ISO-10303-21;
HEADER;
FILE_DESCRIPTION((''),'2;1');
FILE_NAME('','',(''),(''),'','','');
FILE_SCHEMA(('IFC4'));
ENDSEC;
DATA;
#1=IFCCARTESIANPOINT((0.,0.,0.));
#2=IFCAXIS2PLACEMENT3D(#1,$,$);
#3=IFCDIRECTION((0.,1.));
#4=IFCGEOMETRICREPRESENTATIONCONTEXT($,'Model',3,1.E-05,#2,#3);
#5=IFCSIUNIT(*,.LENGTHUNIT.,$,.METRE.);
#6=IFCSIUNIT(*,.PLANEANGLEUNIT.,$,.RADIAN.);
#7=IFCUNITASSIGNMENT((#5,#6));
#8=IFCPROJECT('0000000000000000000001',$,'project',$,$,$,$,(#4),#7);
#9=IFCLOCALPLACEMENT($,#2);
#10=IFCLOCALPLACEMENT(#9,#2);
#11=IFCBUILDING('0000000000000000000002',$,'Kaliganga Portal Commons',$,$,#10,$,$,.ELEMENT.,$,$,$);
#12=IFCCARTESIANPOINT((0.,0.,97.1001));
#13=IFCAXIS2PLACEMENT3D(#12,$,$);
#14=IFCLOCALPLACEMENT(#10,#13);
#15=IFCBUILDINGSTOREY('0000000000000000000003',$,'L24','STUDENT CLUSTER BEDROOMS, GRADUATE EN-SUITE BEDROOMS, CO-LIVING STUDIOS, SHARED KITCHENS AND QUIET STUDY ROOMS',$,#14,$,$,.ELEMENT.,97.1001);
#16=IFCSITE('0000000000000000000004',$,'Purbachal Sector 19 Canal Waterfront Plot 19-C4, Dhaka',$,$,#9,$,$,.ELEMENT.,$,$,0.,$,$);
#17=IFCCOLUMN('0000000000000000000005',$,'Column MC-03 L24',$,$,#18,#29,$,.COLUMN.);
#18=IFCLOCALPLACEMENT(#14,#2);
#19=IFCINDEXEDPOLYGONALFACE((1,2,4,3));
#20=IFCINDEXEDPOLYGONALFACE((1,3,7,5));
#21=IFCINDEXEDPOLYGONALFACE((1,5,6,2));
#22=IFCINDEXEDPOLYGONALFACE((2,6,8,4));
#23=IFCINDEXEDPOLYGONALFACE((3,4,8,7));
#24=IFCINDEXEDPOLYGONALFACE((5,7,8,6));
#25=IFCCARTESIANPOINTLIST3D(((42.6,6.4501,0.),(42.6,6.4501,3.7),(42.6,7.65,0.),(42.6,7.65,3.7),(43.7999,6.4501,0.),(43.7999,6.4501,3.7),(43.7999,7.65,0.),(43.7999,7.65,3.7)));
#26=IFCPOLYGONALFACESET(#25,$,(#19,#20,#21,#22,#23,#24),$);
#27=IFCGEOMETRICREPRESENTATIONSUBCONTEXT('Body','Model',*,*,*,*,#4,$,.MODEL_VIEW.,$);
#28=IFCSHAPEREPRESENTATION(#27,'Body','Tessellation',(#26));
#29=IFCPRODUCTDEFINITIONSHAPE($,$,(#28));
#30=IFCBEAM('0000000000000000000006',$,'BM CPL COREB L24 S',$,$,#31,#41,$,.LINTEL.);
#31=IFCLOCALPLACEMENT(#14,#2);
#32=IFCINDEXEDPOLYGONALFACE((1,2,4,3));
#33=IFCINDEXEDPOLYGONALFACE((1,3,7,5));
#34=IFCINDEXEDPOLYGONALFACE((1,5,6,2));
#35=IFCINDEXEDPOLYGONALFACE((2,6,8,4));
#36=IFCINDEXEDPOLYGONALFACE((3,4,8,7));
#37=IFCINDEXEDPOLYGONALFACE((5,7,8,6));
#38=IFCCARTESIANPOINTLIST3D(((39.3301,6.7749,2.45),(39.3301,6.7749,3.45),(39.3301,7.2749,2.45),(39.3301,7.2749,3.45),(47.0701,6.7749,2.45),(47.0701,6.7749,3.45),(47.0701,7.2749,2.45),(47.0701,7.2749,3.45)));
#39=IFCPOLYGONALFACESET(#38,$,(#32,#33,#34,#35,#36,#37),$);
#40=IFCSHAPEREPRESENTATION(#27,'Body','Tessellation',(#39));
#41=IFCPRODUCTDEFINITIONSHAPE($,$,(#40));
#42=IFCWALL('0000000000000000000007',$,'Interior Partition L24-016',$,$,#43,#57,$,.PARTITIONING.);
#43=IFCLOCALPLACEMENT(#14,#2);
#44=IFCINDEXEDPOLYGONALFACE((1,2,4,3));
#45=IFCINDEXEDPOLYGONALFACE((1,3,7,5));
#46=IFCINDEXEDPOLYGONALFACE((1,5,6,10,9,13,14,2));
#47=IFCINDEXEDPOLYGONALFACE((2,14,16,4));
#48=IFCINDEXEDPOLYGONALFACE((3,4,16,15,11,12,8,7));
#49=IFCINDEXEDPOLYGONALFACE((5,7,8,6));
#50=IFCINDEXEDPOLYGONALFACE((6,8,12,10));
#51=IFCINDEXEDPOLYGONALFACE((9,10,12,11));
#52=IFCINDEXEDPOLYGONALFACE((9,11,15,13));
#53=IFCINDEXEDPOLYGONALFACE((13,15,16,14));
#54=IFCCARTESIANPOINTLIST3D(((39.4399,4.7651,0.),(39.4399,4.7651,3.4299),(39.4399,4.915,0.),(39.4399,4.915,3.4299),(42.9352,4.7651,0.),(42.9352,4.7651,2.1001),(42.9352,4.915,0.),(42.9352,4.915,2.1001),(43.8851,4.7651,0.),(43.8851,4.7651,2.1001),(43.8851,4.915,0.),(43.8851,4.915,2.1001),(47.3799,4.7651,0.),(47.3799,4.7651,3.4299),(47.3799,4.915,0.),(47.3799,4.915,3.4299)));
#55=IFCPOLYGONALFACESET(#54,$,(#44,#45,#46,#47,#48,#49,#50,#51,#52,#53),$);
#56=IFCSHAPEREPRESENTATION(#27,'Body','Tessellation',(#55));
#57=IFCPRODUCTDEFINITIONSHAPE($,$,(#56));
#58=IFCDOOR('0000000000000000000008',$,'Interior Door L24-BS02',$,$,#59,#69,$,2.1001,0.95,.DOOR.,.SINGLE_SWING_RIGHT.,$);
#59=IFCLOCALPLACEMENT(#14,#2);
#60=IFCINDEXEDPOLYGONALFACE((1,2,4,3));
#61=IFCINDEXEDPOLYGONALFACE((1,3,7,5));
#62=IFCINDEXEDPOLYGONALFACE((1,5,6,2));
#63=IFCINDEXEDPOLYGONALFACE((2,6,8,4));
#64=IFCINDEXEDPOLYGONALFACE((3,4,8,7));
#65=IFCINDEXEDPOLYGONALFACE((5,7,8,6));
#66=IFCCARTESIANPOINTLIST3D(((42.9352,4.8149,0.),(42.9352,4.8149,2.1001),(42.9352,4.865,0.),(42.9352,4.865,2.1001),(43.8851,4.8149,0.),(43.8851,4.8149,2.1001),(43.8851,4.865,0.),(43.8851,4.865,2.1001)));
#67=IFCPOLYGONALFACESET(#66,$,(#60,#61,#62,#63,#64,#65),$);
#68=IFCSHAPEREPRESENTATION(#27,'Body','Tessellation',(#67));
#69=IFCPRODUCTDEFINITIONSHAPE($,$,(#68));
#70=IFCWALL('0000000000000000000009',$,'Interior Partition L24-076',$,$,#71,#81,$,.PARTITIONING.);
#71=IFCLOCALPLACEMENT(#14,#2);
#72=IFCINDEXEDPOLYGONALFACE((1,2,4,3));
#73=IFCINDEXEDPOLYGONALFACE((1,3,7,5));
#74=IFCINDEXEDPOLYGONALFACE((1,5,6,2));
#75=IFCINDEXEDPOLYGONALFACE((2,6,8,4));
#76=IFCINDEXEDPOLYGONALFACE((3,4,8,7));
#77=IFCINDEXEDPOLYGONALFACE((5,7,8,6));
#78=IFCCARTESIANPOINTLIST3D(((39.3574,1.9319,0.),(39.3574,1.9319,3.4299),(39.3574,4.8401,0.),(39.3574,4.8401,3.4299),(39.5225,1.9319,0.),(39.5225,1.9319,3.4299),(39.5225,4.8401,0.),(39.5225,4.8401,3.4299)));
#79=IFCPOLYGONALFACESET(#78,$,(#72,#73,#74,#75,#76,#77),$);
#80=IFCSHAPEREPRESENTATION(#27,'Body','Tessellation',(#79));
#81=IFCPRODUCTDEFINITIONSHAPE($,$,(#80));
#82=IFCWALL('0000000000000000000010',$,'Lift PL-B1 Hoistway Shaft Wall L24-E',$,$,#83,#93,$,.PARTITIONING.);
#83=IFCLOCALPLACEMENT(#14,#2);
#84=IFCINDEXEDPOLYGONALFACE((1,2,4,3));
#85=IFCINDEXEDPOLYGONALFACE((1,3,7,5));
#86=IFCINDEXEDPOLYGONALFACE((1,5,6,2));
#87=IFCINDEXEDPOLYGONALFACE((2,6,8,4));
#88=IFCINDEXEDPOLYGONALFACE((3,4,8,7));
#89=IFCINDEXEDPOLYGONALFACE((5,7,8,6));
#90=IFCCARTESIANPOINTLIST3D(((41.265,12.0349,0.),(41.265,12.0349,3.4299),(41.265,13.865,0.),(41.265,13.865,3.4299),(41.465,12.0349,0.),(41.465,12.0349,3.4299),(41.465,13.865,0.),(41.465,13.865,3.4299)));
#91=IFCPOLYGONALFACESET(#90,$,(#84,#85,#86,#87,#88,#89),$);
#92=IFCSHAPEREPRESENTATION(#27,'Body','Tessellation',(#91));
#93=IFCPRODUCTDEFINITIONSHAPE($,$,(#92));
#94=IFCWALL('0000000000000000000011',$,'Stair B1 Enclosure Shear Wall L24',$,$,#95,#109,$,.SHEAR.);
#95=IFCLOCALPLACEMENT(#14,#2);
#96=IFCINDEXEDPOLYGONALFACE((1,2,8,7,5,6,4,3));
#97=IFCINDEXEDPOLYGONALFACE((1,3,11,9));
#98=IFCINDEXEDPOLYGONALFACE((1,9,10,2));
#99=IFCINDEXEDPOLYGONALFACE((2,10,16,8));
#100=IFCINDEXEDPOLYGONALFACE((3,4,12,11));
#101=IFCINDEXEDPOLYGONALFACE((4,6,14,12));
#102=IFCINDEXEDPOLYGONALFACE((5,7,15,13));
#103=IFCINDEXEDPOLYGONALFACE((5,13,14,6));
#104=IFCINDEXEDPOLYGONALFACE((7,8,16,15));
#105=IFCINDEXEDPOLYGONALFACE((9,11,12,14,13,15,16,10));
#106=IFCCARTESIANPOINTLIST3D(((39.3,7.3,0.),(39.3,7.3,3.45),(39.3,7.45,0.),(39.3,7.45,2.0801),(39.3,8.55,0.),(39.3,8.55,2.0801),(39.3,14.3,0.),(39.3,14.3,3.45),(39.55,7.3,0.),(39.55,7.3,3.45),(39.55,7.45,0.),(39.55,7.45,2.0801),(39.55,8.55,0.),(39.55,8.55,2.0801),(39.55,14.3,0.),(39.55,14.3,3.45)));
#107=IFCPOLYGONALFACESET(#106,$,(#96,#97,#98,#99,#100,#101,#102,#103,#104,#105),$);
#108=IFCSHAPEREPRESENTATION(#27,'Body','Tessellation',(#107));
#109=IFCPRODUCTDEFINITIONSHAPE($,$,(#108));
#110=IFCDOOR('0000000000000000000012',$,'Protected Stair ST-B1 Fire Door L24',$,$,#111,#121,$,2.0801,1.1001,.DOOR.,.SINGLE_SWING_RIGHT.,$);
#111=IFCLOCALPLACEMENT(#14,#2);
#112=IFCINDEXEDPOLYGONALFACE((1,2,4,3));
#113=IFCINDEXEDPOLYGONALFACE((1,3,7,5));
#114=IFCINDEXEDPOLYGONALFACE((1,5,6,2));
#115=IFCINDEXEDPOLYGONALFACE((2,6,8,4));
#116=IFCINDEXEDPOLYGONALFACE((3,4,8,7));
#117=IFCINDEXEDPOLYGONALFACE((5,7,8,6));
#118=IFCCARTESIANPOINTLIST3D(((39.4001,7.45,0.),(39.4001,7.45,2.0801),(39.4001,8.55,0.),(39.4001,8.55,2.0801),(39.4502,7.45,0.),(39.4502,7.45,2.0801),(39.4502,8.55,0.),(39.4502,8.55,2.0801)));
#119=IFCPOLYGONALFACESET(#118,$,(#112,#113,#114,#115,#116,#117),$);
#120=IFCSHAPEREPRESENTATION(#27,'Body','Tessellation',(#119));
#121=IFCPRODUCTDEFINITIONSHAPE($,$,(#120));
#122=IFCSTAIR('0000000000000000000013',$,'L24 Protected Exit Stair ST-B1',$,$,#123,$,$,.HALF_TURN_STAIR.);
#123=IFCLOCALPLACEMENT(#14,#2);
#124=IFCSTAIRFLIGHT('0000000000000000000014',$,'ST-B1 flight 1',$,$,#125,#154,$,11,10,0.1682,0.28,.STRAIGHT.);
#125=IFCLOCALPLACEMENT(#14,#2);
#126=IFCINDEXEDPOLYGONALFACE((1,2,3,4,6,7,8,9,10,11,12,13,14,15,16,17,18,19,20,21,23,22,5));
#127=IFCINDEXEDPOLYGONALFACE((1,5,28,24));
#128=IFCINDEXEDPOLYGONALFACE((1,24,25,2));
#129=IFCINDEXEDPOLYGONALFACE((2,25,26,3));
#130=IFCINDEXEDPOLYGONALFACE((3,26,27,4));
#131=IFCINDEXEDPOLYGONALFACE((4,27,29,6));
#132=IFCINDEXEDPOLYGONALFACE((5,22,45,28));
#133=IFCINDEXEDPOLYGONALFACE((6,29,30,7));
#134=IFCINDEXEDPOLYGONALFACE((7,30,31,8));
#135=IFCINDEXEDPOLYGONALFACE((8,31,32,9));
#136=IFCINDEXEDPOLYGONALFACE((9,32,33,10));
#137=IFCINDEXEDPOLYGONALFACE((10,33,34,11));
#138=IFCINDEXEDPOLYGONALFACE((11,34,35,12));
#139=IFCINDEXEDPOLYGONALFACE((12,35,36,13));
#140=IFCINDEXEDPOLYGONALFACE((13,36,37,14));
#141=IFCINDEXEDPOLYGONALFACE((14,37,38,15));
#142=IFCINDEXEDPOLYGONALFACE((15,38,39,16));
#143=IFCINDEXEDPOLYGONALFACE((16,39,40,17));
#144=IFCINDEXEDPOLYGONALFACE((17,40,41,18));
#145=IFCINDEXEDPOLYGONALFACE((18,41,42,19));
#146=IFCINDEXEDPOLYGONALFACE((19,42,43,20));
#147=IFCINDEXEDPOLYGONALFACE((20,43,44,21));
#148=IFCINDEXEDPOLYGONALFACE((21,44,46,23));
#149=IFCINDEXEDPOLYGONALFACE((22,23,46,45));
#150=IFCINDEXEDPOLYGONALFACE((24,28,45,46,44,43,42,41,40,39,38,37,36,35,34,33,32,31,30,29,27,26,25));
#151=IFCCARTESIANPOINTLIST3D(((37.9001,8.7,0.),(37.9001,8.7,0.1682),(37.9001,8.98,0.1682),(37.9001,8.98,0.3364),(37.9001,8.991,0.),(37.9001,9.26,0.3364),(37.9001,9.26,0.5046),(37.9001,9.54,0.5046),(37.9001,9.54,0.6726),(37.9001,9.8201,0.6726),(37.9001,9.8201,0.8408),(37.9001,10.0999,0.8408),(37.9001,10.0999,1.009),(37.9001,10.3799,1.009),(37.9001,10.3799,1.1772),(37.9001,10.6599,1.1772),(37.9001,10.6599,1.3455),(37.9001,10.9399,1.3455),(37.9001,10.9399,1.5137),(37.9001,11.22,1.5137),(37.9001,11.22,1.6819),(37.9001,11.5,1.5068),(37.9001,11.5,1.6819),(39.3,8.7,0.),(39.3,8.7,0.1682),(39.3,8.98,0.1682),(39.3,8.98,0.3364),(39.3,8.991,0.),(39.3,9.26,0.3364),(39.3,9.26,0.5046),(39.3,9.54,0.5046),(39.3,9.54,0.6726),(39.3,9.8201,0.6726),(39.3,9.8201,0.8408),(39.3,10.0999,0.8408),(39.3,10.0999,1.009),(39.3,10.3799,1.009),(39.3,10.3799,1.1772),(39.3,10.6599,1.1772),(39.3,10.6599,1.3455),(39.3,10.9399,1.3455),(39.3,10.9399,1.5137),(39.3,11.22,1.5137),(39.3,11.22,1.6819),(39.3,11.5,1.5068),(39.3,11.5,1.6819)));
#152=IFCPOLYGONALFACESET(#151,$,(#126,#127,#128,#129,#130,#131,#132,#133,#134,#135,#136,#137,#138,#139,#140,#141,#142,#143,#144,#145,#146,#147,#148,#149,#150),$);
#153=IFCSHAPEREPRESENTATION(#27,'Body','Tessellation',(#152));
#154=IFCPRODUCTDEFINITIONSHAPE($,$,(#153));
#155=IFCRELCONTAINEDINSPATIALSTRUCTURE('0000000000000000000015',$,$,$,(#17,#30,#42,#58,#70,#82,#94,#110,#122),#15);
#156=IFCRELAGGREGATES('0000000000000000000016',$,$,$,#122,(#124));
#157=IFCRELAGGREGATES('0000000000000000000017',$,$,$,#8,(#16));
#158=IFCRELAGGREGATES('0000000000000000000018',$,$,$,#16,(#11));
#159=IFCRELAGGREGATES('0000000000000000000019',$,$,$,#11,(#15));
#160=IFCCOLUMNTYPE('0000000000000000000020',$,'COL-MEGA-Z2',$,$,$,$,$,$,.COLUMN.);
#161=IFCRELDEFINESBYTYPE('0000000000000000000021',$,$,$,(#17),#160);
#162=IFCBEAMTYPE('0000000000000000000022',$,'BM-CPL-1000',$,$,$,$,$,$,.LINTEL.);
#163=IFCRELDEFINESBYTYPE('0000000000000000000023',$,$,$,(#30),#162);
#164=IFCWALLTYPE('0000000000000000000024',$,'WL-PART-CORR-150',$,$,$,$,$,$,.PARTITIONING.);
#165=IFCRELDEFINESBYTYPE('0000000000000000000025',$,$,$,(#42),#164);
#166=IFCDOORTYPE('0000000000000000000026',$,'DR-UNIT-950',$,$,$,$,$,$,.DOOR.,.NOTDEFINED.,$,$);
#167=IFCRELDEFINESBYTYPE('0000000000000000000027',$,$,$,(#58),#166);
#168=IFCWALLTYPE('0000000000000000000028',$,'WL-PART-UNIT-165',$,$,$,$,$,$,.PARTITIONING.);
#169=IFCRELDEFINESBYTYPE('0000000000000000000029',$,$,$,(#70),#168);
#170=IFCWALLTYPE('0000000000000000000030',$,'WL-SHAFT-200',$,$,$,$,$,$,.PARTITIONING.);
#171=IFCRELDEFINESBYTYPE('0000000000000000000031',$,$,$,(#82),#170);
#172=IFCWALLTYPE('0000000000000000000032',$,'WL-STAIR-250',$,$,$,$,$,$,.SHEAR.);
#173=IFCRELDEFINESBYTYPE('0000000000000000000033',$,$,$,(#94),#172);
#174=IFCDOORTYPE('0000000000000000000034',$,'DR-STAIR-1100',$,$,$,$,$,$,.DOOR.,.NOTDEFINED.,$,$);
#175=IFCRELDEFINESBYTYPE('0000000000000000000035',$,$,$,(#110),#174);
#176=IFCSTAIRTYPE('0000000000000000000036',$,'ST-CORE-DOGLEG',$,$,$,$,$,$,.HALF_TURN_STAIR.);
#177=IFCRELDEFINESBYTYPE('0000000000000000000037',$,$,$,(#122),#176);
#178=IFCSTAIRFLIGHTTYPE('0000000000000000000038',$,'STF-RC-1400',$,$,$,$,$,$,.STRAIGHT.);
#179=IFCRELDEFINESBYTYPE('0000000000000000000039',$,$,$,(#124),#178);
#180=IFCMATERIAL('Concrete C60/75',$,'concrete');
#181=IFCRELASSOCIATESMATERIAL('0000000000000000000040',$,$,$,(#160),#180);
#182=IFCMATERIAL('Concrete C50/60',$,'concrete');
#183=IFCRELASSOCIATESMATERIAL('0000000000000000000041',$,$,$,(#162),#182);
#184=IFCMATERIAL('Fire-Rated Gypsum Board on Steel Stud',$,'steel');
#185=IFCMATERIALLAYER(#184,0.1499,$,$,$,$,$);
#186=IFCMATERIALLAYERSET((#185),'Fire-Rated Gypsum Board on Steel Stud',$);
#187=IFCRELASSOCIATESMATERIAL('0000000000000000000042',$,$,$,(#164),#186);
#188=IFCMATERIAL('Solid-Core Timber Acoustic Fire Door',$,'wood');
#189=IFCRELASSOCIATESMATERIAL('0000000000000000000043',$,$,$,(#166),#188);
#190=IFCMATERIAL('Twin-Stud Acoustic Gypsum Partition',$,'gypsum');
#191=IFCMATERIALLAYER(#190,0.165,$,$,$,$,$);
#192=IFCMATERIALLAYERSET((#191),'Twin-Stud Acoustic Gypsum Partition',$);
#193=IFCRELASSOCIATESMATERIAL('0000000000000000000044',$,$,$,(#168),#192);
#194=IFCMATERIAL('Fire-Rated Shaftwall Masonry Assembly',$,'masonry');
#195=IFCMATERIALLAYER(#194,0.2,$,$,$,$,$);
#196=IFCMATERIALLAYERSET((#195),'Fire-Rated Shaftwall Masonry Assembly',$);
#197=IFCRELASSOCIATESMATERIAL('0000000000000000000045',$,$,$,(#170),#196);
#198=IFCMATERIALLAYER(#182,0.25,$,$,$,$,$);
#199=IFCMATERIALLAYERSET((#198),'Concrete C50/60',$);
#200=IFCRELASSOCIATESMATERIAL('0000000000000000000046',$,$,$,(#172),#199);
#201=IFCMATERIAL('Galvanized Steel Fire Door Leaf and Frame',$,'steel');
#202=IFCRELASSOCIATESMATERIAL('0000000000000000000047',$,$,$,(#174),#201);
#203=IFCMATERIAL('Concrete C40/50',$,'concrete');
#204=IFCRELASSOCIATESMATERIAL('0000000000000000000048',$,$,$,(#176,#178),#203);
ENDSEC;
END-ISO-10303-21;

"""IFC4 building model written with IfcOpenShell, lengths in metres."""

from ifc_helpers import new_model, si_unit, direction, frame, frame_2d, origin, origin_2d, place, context, subcontext, project, spatial, polyline, rectangle, outline, extrude, source, transform, mapped, material, layer, layer_set, material_profile, profile_set, type_object, element, fill, aggregate, save


model = new_model("IFC4")

# Units and contexts
model_context = context("Model", 3, precision=1e-05, world=origin(), true_north=direction((0.0, 1.0)))
body_context = subcontext(model_context, "Body", "Model", "MODEL_VIEW")
ifc_project = project(units=[si_unit("LENGTHUNIT", "METRE"), si_unit("PLANEANGLEUNIT", "RADIAN")], contexts=[model_context])

# Site, building, storey
site_placement = place(None, origin())
site = spatial("IfcSite", under=ifc_project, at=site_placement, Name="Purbachal Sector 19 Canal Waterfront Plot 19-C4, Dhaka", CompositionType="ELEMENT", RefElevation=0.0)
building_placement = place(site_placement, origin())
building = spatial("IfcBuilding", under=site, at=building_placement, Name="Kaliganga Portal Commons", CompositionType="ELEMENT")
storey_placement = place(building_placement, frame((0.0, 0.0, 97.1001)))
storey = spatial("IfcBuildingStorey", under=building, at=storey_placement, Name="L24", Description="STUDENT CLUSTER BEDROOMS, GRADUATE EN-SUITE BEDROOMS, CO-LIVING STUDIOS, SHARED KITCHENS AND QUIET STUDY ROOMS", CompositionType="ELEMENT", Elevation=97.1001)

# Column
ifc_material_1 = material(Name="Concrete C60/75", Category="concrete")
ifc_material_profile_1 = material_profile(ifc_material_1, rectangle(XDim=1.2, YDim=1.2, at=origin_2d()), Name="RC 1200x1200")
ifc_profile_set_1 = profile_set([ifc_material_profile_1], Name="Concrete C60/75")
column_type = type_object("IfcColumnType", Name="COL-MEGA-Z2", PredefinedType="COLUMN", material=ifc_profile_set_1)
shared_shape_1 = source(origin(), body_context, "Body", "SweptSolid", [
    extrude(rectangle(XDim=1.2, YDim=1.2, at=origin_2d()), origin(), (0.0, 0.0, 1.0), 3.7),
])
column_placement = place(storey_placement, frame((43.2, 7.05, 0.0), z_axis=(0.0, 0.0, 1.0), x_axis=(1.0, 0.0, 0.0)))
element("IfcColumn", 1, at=column_placement, inside=storey, type_object=column_type, Name="Column MC-03 L24", PredefinedType="COLUMN", context=body_context, shape_type="MappedRepresentation", body=[
    mapped(shared_shape_1, transform((0.0, 0.0, 0.0), x_axis=(1.0, 0.0, 0.0), y_axis=(0.0, 1.0, 0.0), z_axis=(0.0, 0.0, 1.0), scale=1.0)),
])

# Beam
ifc_material_2 = material(Name="Concrete C50/60", Category="concrete")
ifc_material_profile_2 = material_profile(ifc_material_2, rectangle(XDim=0.5, YDim=1.0, at=origin_2d()), Name="RC 500x1000")
ifc_profile_set_2 = profile_set([ifc_material_profile_2], Name="Concrete C50/60")
beam_type = type_object("IfcBeamType", Name="BM-CPL-1000", PredefinedType="LINTEL", material=ifc_profile_set_2)
shared_shape_2 = source(origin(), body_context, "Body", "SweptSolid", [
    extrude(rectangle(XDim=0.5, YDim=1.0, at=origin_2d()), origin(), (0.0, 0.0, 1.0), 7.74),
])
beam_placement = place(storey_placement, frame((39.3301, 7.0249, 2.95), z_axis=(1.0, 0.0, 0.0), x_axis=(0.0, 1.0, 0.0)))
element("IfcBeam", 2, at=beam_placement, inside=storey, type_object=beam_type, Name="BM CPL COREB L24 S", PredefinedType="LINTEL", context=body_context, shape_type="MappedRepresentation", body=[
    mapped(shared_shape_2, transform((0.0, 0.0, 0.0), x_axis=(1.0, 0.0, 0.0), y_axis=(0.0, 1.0, 0.0), z_axis=(0.0, 0.0, 1.0), scale=1.0)),
])

# Wall, opening, door
ifc_material_3 = material(Name="Fire-Rated Gypsum Board on Steel Stud", Category="steel")
ifc_layer_1 = layer(ifc_material_3, 0.1499)
ifc_layer_set_1 = layer_set([ifc_layer_1], Name="Fire-Rated Gypsum Board on Steel Stud")
wall_type_1 = type_object("IfcWallType", Name="WL-PART-CORR-150", PredefinedType="PARTITIONING", material=ifc_layer_set_1)
wall_1_placement = place(storey_placement, frame((39.4399, 4.8401, 0.0), z_axis=(0.0, 0.0, 1.0), x_axis=(1.0, 0.0, 0.0)))
wall_1 = element("IfcWall", 3, at=wall_1_placement, inside=storey, type_object=wall_type_1, Name="Interior Partition L24-016", PredefinedType="PARTITIONING", context=body_context, shape_type="SweptSolid", body=[
    extrude(rectangle(XDim=7.9399, YDim=0.1499, at=frame_2d((3.97, 0.0))), origin(), (0.0, 0.0, 1.0), 3.4299),
])
opening_1_placement = place(wall_1_placement, frame((3.4951, 0.0, 0.0)))
opening_1 = element("IfcOpeningElement", 4, at=opening_1_placement, cuts=wall_1, PredefinedType="OPENING", context=body_context, shape_type="SweptSolid", body=[
    extrude(rectangle(XDim=0.95, YDim=2.1001, at=frame_2d((0.4751, 1.05))), frame((0.0, 0.085, 0.0), z_axis=(0.0, -1.0, 0.0), x_axis=(1.0, 0.0, 0.0)), (0.0, 0.0, 1.0), 0.1699),
])
ifc_material_4 = material(Name="Solid-Core Timber Acoustic Fire Door", Category="wood")
door_type_1 = type_object("IfcDoorType", Name="DR-UNIT-950", OperationType="NOTDEFINED", PredefinedType="DOOR", material=ifc_material_4)
door_1_placement = place(opening_1_placement, origin())
door_1 = element("IfcDoor", 5, at=door_1_placement, inside=storey, type_object=door_type_1, Name="Interior Door L24-BS02", OperationType="SINGLE_SWING_RIGHT", OverallHeight=2.1001, OverallWidth=0.95, PredefinedType="DOOR", context=body_context, shape_type="SweptSolid", body=[
    extrude(rectangle(XDim=0.95, YDim=2.1001, at=frame_2d((0.4751, 1.05))), frame((0.0, 0.0249, 0.0), z_axis=(0.0, -1.0, 0.0), x_axis=(1.0, 0.0, 0.0)), (0.0, 0.0, 1.0), 0.05),
])
fill(opening_1, door_1)

# Wall
ifc_material_5 = material(Name="Twin-Stud Acoustic Gypsum Partition", Category="gypsum")
ifc_layer_2 = layer(ifc_material_5, 0.165)
ifc_layer_set_2 = layer_set([ifc_layer_2], Name="Twin-Stud Acoustic Gypsum Partition")
wall_type_2 = type_object("IfcWallType", Name="WL-PART-UNIT-165", PredefinedType="PARTITIONING", material=ifc_layer_set_2)
wall_2_placement = place(storey_placement, frame((39.4399, 1.9319, 0.0), z_axis=(0.0, 0.0, 1.0), x_axis=(0.0, 1.0, 0.0)))
element("IfcWall", 6, at=wall_2_placement, inside=storey, type_object=wall_type_2, Name="Interior Partition L24-076", PredefinedType="PARTITIONING", context=body_context, shape_type="SweptSolid", body=[
    extrude(rectangle(XDim=2.9082, YDim=0.165, at=frame_2d((1.4541, 0.0))), origin(), (0.0, 0.0, 1.0), 3.4299),
])

# Shared definitions
ifc_material_6 = material(Name="Fire-Rated Shaftwall Masonry Assembly", Category="masonry")
ifc_layer_3 = layer(ifc_material_6, 0.2)
ifc_layer_set_3 = layer_set([ifc_layer_3], Name="Fire-Rated Shaftwall Masonry Assembly")
wall_type_3 = type_object("IfcWallType", Name="WL-SHAFT-200", PredefinedType="PARTITIONING", material=ifc_layer_set_3)

# Wall
wall_3_placement = place(storey_placement, frame((41.365, 12.0349, 0.0), z_axis=(0.0, 0.0, 1.0), x_axis=(0.0, 1.0, 0.0)))
element("IfcWall", 7, at=wall_3_placement, inside=storey, type_object=wall_type_3, Name="Lift PL-B1 Hoistway Shaft Wall L24-E", PredefinedType="PARTITIONING", context=body_context, shape_type="SweptSolid", body=[
    extrude(rectangle(XDim=1.8301, YDim=0.2, at=frame_2d((0.915, 0.0))), origin(), (0.0, 0.0, 1.0), 3.4299),
])

# Wall, opening, door
ifc_layer_4 = layer(ifc_material_2, 0.25)
ifc_layer_set_4 = layer_set([ifc_layer_4], Name="Concrete C50/60")
wall_type_4 = type_object("IfcWallType", Name="WL-STAIR-250", PredefinedType="SHEAR", material=ifc_layer_set_4)
wall_4_placement = place(storey_placement, frame((39.425, 7.3, 0.0), z_axis=(0.0, 0.0, 1.0), x_axis=(0.0, 1.0, 0.0)))
wall_4 = element("IfcWall", 8, at=wall_4_placement, inside=storey, type_object=wall_type_4, Name="Stair B1 Enclosure Shear Wall L24", PredefinedType="SHEAR", context=body_context, shape_type="SweptSolid", body=[
    extrude(rectangle(XDim=7.0, YDim=0.25, at=frame_2d((3.5, 0.0))), origin(), (0.0, 0.0, 1.0), 3.45),
])
opening_2_placement = place(wall_4_placement, frame((0.1499, 0.0, 0.0)))
opening_2 = element("IfcOpeningElement", 9, at=opening_2_placement, cuts=wall_4, PredefinedType="OPENING", context=body_context, shape_type="SweptSolid", body=[
    extrude(rectangle(XDim=1.1001, YDim=2.0801, at=frame_2d((0.55, 1.04))), frame((0.0, 0.135, 0.0), z_axis=(0.0, -1.0, 0.0), x_axis=(1.0, 0.0, 0.0)), (0.0, 0.0, 1.0), 0.27),
])
ifc_material_7 = material(Name="Galvanized Steel Fire Door Leaf and Frame", Category="steel")
door_type_2 = type_object("IfcDoorType", Name="DR-STAIR-1100", OperationType="NOTDEFINED", PredefinedType="DOOR", material=ifc_material_7)
door_2_placement = place(opening_2_placement, origin())
door_2 = element("IfcDoor", 10, at=door_2_placement, inside=storey, type_object=door_type_2, Name="Protected Stair ST-B1 Fire Door L24", OperationType="SINGLE_SWING_RIGHT", OverallHeight=2.0801, OverallWidth=1.1001, PredefinedType="DOOR", context=body_context, shape_type="SweptSolid", body=[
    extrude(rectangle(XDim=1.1001, YDim=2.0801, at=frame_2d((0.55, 1.04))), frame((0.0, 0.0249, 0.0), z_axis=(0.0, -1.0, 0.0), x_axis=(1.0, 0.0, 0.0)), (0.0, 0.0, 1.0), 0.05),
])
fill(opening_2, door_2)

# Stair, stair flight
ifc_material_8 = material(Name="Concrete C40/50", Category="concrete")
stair_type = type_object("IfcStairType", Name="ST-CORE-DOGLEG", PredefinedType="HALF_TURN_STAIR", material=ifc_material_8)
stair_placement = place(storey_placement, origin())
stair = element("IfcStair", 11, at=stair_placement, inside=storey, type_object=stair_type, Name="L24 Protected Exit Stair ST-B1", PredefinedType="HALF_TURN_STAIR")
stair_flight_type = type_object("IfcStairFlightType", Name="STF-RC-1400", PredefinedType="STRAIGHT", material=ifc_material_8)
stair_flight_placement = place(storey_placement, frame((38.6001, 8.7, 0.0), z_axis=(0.0, 0.0, 1.0), x_axis=(0.0, 1.0, 0.0)))
stair_flight = element("IfcStairFlight", 12, at=stair_flight_placement, type_object=stair_flight_type, Name="ST-B1 flight 1", NumberOfRisers=11, NumberOfTreads=10, PredefinedType="STRAIGHT", RiserHeight=0.1682, TreadLength=0.28, context=body_context, shape_type="SweptSolid", body=[
    extrude(outline(polyline([(0.0, 0.0), (0.0, 0.1682), (0.28, 0.1682), (0.28, 0.3364), (0.5601, 0.3364), (0.5601, 0.5046), (0.8401, 0.5046), (0.8401, 0.6726), (1.1201, 0.6726), (1.1201, 0.8408), (1.3999, 0.8408), (1.3999, 1.009), (1.6799, 1.009), (1.6799, 1.1772), (1.96, 1.1772), (1.96, 1.3455), (2.24, 1.3455), (2.24, 1.5137), (2.52, 1.5137), (2.52, 1.6819), (2.8, 1.6819), (2.8, 1.8501), (2.8, 1.5068), (0.291, 0.0), (0.0, 0.0)])), frame((0.0, 0.7, 0.0), z_axis=(0.0, -1.0, 0.0), x_axis=(1.0, 0.0, 0.0)), (0.0, 0.0, 1.0), 1.3999),
])
aggregate(stair, [stair_flight])

save(model, "model.ifc")
